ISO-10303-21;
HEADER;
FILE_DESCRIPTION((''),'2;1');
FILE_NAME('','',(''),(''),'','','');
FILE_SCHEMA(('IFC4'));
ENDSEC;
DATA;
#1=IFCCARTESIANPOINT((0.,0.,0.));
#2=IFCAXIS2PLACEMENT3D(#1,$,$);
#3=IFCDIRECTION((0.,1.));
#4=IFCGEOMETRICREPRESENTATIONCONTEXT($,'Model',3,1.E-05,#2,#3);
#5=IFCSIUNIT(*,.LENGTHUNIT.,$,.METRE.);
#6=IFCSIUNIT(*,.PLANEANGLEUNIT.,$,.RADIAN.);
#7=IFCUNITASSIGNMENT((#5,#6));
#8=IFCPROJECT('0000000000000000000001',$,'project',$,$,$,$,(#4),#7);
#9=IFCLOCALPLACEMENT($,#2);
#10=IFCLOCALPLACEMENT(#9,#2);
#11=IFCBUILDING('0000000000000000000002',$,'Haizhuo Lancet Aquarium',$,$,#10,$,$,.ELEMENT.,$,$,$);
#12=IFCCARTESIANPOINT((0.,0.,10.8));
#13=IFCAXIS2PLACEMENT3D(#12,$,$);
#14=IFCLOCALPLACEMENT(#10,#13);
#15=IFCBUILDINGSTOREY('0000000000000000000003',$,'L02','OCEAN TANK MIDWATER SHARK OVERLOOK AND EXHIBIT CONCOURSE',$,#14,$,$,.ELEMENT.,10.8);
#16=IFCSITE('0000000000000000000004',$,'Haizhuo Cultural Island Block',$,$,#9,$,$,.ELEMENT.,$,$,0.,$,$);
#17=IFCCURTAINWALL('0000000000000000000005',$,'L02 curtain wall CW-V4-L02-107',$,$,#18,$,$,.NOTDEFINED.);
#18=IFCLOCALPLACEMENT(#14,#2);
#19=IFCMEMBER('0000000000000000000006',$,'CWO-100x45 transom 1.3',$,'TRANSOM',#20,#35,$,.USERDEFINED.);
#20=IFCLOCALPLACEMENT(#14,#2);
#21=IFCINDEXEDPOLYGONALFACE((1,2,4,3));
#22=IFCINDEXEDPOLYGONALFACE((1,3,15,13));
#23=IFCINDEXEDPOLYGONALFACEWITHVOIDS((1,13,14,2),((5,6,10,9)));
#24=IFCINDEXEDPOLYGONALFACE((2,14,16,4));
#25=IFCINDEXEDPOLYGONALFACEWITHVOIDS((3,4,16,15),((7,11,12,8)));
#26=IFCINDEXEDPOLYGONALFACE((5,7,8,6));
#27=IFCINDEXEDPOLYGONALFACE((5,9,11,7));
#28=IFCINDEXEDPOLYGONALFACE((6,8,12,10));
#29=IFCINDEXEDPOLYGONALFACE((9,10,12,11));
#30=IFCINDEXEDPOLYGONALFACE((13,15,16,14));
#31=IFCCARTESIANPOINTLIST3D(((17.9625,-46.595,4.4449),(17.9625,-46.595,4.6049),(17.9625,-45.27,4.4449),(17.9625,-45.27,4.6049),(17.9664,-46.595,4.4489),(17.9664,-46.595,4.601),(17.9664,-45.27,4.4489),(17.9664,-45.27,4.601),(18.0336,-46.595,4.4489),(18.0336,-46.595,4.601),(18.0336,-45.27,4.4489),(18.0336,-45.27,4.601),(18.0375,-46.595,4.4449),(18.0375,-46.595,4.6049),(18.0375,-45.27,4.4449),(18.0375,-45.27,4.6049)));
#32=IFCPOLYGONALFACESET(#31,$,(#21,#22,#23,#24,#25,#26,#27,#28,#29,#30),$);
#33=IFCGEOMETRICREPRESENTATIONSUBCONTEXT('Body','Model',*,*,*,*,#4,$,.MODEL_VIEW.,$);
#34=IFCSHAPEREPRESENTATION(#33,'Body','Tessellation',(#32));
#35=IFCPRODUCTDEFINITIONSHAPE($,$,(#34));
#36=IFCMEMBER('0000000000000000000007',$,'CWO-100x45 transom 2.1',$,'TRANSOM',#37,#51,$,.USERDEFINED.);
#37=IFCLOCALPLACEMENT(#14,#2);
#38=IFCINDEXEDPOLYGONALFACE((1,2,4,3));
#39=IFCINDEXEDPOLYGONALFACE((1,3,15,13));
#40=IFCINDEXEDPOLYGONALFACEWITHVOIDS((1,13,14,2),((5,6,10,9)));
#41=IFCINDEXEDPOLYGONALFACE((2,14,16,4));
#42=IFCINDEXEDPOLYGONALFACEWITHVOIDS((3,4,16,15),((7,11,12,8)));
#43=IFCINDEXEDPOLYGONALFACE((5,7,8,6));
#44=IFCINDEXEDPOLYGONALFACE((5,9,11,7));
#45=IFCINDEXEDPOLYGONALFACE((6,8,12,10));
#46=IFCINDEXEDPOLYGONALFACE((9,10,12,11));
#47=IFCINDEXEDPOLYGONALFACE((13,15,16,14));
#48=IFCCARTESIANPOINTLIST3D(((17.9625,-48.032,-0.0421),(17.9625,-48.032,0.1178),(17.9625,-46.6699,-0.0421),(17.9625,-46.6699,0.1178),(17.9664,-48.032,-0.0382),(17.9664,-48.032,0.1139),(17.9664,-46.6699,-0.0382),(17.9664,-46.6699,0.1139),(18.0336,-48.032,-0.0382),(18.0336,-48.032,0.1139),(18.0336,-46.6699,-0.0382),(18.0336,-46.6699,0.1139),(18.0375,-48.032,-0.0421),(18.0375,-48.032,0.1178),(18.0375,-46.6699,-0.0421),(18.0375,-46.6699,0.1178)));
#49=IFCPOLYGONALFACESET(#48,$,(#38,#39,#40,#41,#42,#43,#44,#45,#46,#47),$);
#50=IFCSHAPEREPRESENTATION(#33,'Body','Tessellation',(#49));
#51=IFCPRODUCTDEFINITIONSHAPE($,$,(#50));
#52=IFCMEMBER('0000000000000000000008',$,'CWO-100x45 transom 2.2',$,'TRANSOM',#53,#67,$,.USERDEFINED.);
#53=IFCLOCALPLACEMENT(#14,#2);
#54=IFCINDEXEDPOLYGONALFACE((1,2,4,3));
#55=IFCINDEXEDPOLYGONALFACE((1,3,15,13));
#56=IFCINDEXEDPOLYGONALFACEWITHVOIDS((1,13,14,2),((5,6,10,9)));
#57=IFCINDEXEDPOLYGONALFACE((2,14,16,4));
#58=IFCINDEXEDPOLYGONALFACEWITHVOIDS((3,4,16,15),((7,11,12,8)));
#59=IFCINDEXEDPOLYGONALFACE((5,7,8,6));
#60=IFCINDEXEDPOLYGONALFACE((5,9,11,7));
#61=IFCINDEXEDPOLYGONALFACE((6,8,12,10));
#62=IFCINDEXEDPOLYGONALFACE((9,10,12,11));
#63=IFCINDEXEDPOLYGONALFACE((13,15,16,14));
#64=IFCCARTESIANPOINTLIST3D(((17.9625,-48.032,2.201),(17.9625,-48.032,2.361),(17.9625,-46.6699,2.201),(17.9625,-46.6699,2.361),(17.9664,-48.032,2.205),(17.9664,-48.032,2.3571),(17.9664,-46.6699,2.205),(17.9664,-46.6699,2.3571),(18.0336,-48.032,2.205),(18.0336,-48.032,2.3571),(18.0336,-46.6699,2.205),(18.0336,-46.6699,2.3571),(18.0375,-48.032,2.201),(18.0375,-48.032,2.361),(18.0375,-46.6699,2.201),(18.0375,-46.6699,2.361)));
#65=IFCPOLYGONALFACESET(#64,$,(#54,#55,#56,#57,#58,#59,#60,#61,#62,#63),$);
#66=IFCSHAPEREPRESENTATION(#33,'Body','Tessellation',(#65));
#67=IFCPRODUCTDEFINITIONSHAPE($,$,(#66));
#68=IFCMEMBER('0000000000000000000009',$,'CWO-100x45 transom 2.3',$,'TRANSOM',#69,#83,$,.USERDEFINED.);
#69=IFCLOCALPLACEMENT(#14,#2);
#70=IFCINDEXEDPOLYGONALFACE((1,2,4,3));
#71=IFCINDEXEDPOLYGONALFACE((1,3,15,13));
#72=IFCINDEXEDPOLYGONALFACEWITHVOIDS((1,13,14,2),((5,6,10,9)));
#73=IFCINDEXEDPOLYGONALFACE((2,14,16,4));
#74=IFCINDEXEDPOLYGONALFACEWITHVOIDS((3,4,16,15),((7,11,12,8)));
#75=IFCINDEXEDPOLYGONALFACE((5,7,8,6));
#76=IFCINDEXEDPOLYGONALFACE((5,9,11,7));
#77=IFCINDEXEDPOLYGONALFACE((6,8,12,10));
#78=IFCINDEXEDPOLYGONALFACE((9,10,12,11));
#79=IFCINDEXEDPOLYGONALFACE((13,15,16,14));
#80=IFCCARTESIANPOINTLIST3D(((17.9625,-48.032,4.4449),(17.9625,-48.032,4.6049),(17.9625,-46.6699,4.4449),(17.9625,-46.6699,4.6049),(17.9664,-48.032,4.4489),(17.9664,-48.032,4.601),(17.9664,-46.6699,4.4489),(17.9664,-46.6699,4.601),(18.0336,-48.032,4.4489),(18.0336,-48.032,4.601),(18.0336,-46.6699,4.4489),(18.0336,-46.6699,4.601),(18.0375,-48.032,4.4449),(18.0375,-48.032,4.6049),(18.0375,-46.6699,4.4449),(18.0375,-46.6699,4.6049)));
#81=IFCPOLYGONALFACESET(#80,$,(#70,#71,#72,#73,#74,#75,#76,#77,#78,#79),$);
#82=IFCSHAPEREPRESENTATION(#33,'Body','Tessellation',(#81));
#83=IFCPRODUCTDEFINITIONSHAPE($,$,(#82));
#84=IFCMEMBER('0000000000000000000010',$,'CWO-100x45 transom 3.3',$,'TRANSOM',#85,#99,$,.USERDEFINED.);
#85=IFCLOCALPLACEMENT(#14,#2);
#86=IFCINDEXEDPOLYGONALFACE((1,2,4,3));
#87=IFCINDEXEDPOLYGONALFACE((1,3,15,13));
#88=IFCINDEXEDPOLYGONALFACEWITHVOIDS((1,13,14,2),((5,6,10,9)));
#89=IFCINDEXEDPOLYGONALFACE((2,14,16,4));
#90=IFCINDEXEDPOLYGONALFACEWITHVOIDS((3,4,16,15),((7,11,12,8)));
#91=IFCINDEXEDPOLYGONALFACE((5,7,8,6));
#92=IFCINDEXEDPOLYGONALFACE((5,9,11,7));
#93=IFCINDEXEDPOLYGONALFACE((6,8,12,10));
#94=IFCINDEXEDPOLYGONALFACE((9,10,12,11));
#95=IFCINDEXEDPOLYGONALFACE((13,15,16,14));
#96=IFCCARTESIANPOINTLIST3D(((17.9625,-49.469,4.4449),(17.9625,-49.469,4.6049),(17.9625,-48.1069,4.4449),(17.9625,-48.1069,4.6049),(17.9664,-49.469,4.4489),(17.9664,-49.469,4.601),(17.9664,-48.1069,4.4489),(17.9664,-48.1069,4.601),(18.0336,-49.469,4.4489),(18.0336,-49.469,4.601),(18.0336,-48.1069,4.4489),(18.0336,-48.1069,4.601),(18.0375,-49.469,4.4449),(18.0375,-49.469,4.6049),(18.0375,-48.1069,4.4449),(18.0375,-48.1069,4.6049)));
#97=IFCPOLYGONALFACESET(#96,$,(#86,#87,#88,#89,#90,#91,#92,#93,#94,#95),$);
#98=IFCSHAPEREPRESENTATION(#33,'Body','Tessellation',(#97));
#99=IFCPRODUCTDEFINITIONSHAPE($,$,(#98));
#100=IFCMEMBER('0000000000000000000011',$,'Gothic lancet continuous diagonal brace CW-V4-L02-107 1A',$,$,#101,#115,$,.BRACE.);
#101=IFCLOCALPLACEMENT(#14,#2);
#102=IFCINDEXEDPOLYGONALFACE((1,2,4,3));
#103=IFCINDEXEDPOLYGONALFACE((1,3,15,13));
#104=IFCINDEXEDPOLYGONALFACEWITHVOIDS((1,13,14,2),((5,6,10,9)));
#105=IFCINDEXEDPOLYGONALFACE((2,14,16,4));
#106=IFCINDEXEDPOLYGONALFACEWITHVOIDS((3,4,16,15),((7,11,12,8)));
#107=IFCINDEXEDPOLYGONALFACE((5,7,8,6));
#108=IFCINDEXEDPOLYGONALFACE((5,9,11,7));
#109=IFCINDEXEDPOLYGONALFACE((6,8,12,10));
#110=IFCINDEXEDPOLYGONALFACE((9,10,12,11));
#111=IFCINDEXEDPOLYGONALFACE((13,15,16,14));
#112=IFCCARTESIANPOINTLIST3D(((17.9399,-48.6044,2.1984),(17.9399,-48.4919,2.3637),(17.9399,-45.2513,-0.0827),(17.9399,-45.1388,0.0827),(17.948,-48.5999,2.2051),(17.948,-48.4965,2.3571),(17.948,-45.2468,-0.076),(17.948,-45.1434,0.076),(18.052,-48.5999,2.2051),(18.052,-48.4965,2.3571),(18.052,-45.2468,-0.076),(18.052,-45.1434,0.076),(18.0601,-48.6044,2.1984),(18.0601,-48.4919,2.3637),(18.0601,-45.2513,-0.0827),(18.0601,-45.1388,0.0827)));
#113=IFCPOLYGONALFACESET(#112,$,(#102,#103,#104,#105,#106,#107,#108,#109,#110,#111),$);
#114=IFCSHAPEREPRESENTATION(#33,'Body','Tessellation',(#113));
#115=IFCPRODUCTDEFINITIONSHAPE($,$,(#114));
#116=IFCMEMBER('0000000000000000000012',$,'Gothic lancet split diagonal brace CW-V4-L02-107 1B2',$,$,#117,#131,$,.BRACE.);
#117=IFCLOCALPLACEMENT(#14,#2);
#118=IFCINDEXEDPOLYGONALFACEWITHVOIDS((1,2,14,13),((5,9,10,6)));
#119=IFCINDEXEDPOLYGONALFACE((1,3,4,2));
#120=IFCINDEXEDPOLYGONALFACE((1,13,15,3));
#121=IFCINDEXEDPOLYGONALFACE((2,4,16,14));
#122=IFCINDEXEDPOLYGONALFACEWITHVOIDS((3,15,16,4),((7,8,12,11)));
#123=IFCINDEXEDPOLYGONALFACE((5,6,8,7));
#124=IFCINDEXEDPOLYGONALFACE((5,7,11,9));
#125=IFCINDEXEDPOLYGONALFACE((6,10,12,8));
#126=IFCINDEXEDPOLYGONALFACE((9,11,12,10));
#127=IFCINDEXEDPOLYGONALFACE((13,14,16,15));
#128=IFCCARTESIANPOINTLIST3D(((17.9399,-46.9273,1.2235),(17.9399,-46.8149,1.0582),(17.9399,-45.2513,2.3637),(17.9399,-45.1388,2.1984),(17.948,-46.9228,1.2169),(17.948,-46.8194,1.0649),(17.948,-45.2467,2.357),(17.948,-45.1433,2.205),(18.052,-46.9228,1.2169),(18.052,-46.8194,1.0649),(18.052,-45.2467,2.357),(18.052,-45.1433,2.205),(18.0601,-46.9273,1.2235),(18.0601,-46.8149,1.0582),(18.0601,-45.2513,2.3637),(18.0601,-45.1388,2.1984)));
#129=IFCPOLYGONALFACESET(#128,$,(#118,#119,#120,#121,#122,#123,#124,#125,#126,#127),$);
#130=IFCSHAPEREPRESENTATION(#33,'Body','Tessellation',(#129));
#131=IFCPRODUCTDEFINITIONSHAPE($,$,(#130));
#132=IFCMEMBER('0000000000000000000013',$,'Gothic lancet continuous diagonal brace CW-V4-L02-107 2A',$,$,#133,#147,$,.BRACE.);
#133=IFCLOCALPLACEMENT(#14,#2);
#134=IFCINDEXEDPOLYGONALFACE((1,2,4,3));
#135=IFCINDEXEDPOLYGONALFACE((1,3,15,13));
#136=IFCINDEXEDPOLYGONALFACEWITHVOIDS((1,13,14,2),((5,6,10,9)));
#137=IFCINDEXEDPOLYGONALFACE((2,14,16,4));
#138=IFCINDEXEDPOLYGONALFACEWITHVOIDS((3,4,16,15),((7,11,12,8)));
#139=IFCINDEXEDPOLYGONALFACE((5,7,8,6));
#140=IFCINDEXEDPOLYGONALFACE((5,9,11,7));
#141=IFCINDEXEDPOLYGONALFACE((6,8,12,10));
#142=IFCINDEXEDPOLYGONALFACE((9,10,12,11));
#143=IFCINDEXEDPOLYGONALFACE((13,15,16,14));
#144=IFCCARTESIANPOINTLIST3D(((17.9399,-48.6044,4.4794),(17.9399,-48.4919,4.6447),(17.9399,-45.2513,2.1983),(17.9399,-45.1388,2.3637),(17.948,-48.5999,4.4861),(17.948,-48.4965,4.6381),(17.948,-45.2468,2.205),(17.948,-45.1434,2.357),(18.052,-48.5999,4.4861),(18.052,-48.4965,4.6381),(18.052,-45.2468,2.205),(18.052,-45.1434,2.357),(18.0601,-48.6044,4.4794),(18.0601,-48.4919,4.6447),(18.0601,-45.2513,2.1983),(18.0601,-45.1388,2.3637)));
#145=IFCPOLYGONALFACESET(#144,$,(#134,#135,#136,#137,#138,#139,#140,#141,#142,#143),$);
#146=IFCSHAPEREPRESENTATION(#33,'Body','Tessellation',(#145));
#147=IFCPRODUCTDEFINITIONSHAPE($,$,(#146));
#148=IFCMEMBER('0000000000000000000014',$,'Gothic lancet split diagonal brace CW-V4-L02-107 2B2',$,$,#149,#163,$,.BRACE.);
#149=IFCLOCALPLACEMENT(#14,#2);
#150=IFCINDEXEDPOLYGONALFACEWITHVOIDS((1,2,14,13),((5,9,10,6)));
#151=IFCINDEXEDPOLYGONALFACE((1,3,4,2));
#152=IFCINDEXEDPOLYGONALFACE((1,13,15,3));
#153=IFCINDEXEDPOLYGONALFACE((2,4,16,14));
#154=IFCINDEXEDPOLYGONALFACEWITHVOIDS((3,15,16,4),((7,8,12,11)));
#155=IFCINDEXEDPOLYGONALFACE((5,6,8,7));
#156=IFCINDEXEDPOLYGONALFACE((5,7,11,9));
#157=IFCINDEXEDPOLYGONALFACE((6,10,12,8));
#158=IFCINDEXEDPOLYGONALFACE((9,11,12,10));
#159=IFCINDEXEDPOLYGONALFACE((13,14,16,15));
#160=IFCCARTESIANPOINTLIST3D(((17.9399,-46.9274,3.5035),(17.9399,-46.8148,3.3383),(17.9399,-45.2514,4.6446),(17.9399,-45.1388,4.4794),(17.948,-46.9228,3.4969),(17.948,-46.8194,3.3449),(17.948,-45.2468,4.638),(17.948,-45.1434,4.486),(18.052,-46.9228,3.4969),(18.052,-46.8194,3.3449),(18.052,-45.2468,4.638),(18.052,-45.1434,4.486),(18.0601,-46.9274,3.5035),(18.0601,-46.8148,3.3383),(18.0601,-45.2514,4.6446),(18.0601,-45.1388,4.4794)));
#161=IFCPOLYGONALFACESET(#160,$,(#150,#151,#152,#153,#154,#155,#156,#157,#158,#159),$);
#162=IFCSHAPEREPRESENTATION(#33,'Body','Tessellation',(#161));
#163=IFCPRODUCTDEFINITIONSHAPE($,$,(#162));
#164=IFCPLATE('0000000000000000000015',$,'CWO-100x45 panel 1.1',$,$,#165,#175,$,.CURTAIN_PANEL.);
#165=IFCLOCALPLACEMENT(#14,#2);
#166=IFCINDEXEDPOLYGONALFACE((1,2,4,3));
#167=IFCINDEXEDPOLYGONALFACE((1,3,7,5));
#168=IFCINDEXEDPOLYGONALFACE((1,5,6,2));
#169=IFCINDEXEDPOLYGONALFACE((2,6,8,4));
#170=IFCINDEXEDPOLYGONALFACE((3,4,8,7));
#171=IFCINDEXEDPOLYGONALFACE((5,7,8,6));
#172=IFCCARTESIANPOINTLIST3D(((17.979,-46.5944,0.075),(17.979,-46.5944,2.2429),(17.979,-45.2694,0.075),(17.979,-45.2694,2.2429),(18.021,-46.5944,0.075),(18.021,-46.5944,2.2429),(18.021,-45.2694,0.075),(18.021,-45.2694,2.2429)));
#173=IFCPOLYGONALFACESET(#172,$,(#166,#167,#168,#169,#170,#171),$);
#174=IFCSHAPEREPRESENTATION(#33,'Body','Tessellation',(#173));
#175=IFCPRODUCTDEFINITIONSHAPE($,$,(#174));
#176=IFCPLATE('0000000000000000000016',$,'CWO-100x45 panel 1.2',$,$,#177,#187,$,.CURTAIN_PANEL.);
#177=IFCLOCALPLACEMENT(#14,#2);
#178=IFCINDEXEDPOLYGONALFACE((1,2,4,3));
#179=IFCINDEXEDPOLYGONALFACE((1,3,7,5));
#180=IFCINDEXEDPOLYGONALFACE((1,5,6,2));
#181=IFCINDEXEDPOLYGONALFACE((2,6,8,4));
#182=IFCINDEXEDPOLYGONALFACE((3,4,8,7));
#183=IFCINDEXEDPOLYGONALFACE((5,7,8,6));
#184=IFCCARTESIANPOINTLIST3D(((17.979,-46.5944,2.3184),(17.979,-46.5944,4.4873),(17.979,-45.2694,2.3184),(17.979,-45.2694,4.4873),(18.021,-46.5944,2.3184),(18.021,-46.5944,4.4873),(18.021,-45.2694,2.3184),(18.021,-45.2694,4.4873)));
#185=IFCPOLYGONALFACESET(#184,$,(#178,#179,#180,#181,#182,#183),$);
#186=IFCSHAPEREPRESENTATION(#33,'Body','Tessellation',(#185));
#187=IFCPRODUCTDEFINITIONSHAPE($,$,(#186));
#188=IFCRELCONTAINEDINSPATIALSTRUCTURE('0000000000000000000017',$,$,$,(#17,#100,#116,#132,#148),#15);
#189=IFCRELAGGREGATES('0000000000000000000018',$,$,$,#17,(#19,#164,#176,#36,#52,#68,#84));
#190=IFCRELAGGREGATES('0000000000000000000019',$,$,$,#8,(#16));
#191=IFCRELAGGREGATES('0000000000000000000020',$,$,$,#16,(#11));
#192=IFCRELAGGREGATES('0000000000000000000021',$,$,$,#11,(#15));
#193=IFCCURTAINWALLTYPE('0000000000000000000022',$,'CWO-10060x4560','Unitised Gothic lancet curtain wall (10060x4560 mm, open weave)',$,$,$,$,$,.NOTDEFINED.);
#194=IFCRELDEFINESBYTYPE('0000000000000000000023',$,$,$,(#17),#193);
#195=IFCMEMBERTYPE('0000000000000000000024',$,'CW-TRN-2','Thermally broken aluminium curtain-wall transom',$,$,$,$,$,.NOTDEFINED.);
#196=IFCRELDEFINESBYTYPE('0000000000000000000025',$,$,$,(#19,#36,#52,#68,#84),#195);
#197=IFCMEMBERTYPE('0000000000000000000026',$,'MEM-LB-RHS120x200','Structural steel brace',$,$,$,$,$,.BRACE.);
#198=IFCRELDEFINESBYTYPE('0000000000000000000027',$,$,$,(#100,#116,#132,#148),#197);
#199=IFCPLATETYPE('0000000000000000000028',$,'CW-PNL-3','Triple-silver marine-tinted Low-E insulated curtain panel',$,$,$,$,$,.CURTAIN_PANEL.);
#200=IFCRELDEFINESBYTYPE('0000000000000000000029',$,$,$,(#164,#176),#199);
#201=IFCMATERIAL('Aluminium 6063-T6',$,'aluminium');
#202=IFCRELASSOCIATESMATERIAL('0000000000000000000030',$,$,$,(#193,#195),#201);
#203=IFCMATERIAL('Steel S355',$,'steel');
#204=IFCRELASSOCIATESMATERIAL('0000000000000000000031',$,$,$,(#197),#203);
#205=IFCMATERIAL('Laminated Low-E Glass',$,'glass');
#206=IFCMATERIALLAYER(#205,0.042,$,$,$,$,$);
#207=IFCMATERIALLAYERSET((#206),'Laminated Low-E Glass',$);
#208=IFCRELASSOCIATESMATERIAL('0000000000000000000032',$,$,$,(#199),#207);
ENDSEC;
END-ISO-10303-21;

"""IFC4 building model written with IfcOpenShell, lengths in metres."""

from ifc_helpers import new_model, si_unit, direction, frame, origin, origin_2d, place, context, subcontext, project, spatial, rectangle, hollow_rectangle, extrude, material, layer, layer_set, material_profile, profile_set, type_object, element, aggregate, save


model = new_model("IFC4")

# Units and contexts
model_context = context("Model", 3, precision=1e-05, world=origin(), true_north=direction((0.0, 1.0)))
body_context = subcontext(model_context, "Body", "Model", "MODEL_VIEW")
ifc_project = project(units=[si_unit("LENGTHUNIT", "METRE"), si_unit("PLANEANGLEUNIT", "RADIAN")], contexts=[model_context])

# Site, building, storey
site_placement = place(None, origin())
site = spatial("IfcSite", under=ifc_project, at=site_placement, Name="Haizhuo Cultural Island Block", CompositionType="ELEMENT", RefElevation=0.0)
building_placement = place(site_placement, origin())
building = spatial("IfcBuilding", under=site, at=building_placement, Name="Haizhuo Lancet Aquarium", CompositionType="ELEMENT")
storey_placement = place(building_placement, frame((0.0, 0.0, 10.8)))
storey = spatial("IfcBuildingStorey", under=building, at=storey_placement, Name="L02", Description="OCEAN TANK MIDWATER SHARK OVERLOOK AND EXHIBIT CONCOURSE", CompositionType="ELEMENT", Elevation=10.8)

# Shared definitions
ifc_material_1 = material(Name="Steel S355", Category="steel")

# Curtain wall, members
ifc_material_2 = material(Name="Aluminium 6063-T6", Category="aluminium")
curtain_wall_type = type_object("IfcCurtainWallType", Name="CWO-10060x4560", Description="Unitised Gothic lancet curtain wall (10060x4560 mm, open weave)", PredefinedType="NOTDEFINED", material=ifc_material_2)
curtain_wall_placement = place(storey_placement, origin())
curtain_wall = element("IfcCurtainWall", 1, at=curtain_wall_placement, inside=storey, type_object=curtain_wall_type, Name="L02 curtain wall CW-V4-L02-107", PredefinedType="NOTDEFINED")
ifc_material_profile_1 = material_profile(ifc_material_2, hollow_rectangle(XDim=0.075, YDim=0.1599, WallThickness=0.0039, at=origin_2d()), Name="ALU-T 75x160x4")
ifc_profile_set_1 = profile_set([ifc_material_profile_1], Name="Aluminium 6063-T6")
member_type_1 = type_object("IfcMemberType", Name="CW-TRN-2", Description="Thermally broken aluminium curtain-wall transom", PredefinedType="NOTDEFINED", material=ifc_profile_set_1)
member_1_placement = place(storey_placement, frame((18.0, -45.27, 4.5249), z_axis=(0.0, -1.0, 0.0), x_axis=(1.0, 0.0, 0.0)))
member_1 = element("IfcMember", 2, at=member_1_placement, type_object=member_type_1, Name="CWO-100x45 transom 1.3", ObjectType="TRANSOM", PredefinedType="USERDEFINED", context=body_context, shape_type="SweptSolid", body=[
    extrude(hollow_rectangle(XDim=0.075, YDim=0.1599, WallThickness=0.0039, at=origin_2d()), origin(), (0.0, 0.0, 1.0), 1.325),
])
member_2_placement = place(storey_placement, frame((18.0, -46.6699, 0.0378), z_axis=(0.0, -1.0, 0.0), x_axis=(1.0, 0.0, 0.0)))
member_2 = element("IfcMember", 3, at=member_2_placement, type_object=member_type_1, Name="CWO-100x45 transom 2.1", ObjectType="TRANSOM", PredefinedType="USERDEFINED", context=body_context, shape_type="SweptSolid", body=[
    extrude(hollow_rectangle(XDim=0.075, YDim=0.1599, WallThickness=0.0039, at=origin_2d()), origin(), (0.0, 0.0, 1.0), 1.3621),
])
member_3_placement = place(storey_placement, frame((18.0, -46.6699, 2.281), z_axis=(0.0, -1.0, 0.0), x_axis=(1.0, 0.0, 0.0)))
member_3 = element("IfcMember", 4, at=member_3_placement, type_object=member_type_1, Name="CWO-100x45 transom 2.2", ObjectType="TRANSOM", PredefinedType="USERDEFINED", context=body_context, shape_type="SweptSolid", body=[
    extrude(hollow_rectangle(XDim=0.075, YDim=0.1599, WallThickness=0.0039, at=origin_2d()), origin(), (0.0, 0.0, 1.0), 1.3621),
])
member_4_placement = place(storey_placement, frame((18.0, -46.6699, 4.5249), z_axis=(0.0, -1.0, 0.0), x_axis=(1.0, 0.0, 0.0)))
member_4 = element("IfcMember", 5, at=member_4_placement, type_object=member_type_1, Name="CWO-100x45 transom 2.3", ObjectType="TRANSOM", PredefinedType="USERDEFINED", context=body_context, shape_type="SweptSolid", body=[
    extrude(hollow_rectangle(XDim=0.075, YDim=0.1599, WallThickness=0.0039, at=origin_2d()), origin(), (0.0, 0.0, 1.0), 1.3621),
])
member_5_placement = place(storey_placement, frame((18.0, -48.1069, 4.5249), z_axis=(0.0, -1.0, 0.0), x_axis=(1.0, 0.0, 0.0)))
member_5 = element("IfcMember", 6, at=member_5_placement, type_object=member_type_1, Name="CWO-100x45 transom 3.3", ObjectType="TRANSOM", PredefinedType="USERDEFINED", context=body_context, shape_type="SweptSolid", body=[
    extrude(hollow_rectangle(XDim=0.075, YDim=0.1599, WallThickness=0.0039, at=origin_2d()), origin(), (0.0, 0.0, 1.0), 1.3621),
])

# Members
ifc_material_profile_2 = material_profile(ifc_material_1, hollow_rectangle(XDim=0.1201, YDim=0.2, WallThickness=0.0081, at=origin_2d()), Name="RHS 120x200x8")
ifc_profile_set_2 = profile_set([ifc_material_profile_2], Name="Steel S355")
member_type_2 = type_object("IfcMemberType", Name="MEM-LB-RHS120x200", Description="Structural steel brace", PredefinedType="BRACE", material=ifc_profile_set_2)
member_6_placement = place(storey_placement, frame((18.0, -45.1951, 0.0), z_axis=(0.0, -0.826818, 0.56247), x_axis=(1.0, 0.0, 0.0)))
element("IfcMember", 7, at=member_6_placement, inside=storey, type_object=member_type_2, Name="Gothic lancet continuous diagonal brace CW-V4-L02-107 1A", PredefinedType="BRACE", context=body_context, shape_type="SweptSolid", body=[
    extrude(hollow_rectangle(XDim=0.1201, YDim=0.2, WallThickness=0.0081, at=origin_2d()), origin(), (0.0, 0.0, 1.0), 4.0554),
])
member_7_placement = place(storey_placement, frame((18.0, -46.8711, 1.1409), z_axis=(0.0, 0.826826, 0.562458), x_axis=(-1.0, 0.0, 0.0)))
element("IfcMember", 8, at=member_7_placement, inside=storey, type_object=member_type_2, Name="Gothic lancet split diagonal brace CW-V4-L02-107 1B2", PredefinedType="BRACE", context=body_context, shape_type="SweptSolid", body=[
    extrude(hollow_rectangle(XDim=0.1201, YDim=0.2, WallThickness=0.0081, at=origin_2d()), origin(), (0.0, 0.0, 1.0), 2.0271),
])
member_8_placement = place(storey_placement, frame((18.0, -45.1951, 2.281), z_axis=(0.0, -0.826818, 0.56247), x_axis=(1.0, 0.0, 0.0)))
element("IfcMember", 9, at=member_8_placement, inside=storey, type_object=member_type_2, Name="Gothic lancet continuous diagonal brace CW-V4-L02-107 2A", PredefinedType="BRACE", context=body_context, shape_type="SweptSolid", body=[
    extrude(hollow_rectangle(XDim=0.1201, YDim=0.2, WallThickness=0.0081, at=origin_2d()), origin(), (0.0, 0.0, 1.0), 4.0554),
])
member_9_placement = place(storey_placement, frame((18.0, -46.8711, 3.4209), z_axis=(0.0, 0.826602, 0.562787), x_axis=(-1.0, 0.0, 0.0)))
element("IfcMember", 10, at=member_9_placement, inside=storey, type_object=member_type_2, Name="Gothic lancet split diagonal brace CW-V4-L02-107 2B2", PredefinedType="BRACE", context=body_context, shape_type="SweptSolid", body=[
    extrude(hollow_rectangle(XDim=0.1201, YDim=0.2, WallThickness=0.0081, at=origin_2d()), origin(), (0.0, 0.0, 1.0), 2.0276),
])

# Plates
ifc_material_3 = material(Name="Laminated Low-E Glass", Category="glass")
ifc_layer_1 = layer(ifc_material_3, 0.042)
ifc_layer_set_1 = layer_set([ifc_layer_1], Name="Laminated Low-E Glass")
plate_type = type_object("IfcPlateType", Name="CW-PNL-3", Description="Triple-silver marine-tinted Low-E insulated curtain panel", PredefinedType="CURTAIN_PANEL", material=ifc_layer_set_1)
plate_1_placement = place(storey_placement, frame((18.0, -45.9319, 0.075), z_axis=(0.0, 0.0, 1.0), x_axis=(0.0, -1.0, 0.0)))
plate_1 = element("IfcPlate", 11, at=plate_1_placement, type_object=plate_type, Name="CWO-100x45 panel 1.1", PredefinedType="CURTAIN_PANEL", context=body_context, shape_type="SweptSolid", body=[
    extrude(rectangle(XDim=1.325, YDim=0.042, at=origin_2d()), origin(), (0.0, 0.0, 1.0), 2.168),
])
plate_2_placement = place(storey_placement, frame((18.0, -45.9319, 2.3184), z_axis=(0.0, 0.0, 1.0), x_axis=(0.0, -1.0, 0.0)))
plate_2 = element("IfcPlate", 12, at=plate_2_placement, type_object=plate_type, Name="CWO-100x45 panel 1.2", PredefinedType="CURTAIN_PANEL", context=body_context, shape_type="SweptSolid", body=[
    extrude(rectangle(XDim=1.325, YDim=0.042, at=origin_2d()), origin(), (0.0, 0.0, 1.0), 2.1689),
])
aggregate(curtain_wall, [member_1, plate_1, plate_2, member_2, member_3, member_4, member_5])

save(model, "model.ifc")
